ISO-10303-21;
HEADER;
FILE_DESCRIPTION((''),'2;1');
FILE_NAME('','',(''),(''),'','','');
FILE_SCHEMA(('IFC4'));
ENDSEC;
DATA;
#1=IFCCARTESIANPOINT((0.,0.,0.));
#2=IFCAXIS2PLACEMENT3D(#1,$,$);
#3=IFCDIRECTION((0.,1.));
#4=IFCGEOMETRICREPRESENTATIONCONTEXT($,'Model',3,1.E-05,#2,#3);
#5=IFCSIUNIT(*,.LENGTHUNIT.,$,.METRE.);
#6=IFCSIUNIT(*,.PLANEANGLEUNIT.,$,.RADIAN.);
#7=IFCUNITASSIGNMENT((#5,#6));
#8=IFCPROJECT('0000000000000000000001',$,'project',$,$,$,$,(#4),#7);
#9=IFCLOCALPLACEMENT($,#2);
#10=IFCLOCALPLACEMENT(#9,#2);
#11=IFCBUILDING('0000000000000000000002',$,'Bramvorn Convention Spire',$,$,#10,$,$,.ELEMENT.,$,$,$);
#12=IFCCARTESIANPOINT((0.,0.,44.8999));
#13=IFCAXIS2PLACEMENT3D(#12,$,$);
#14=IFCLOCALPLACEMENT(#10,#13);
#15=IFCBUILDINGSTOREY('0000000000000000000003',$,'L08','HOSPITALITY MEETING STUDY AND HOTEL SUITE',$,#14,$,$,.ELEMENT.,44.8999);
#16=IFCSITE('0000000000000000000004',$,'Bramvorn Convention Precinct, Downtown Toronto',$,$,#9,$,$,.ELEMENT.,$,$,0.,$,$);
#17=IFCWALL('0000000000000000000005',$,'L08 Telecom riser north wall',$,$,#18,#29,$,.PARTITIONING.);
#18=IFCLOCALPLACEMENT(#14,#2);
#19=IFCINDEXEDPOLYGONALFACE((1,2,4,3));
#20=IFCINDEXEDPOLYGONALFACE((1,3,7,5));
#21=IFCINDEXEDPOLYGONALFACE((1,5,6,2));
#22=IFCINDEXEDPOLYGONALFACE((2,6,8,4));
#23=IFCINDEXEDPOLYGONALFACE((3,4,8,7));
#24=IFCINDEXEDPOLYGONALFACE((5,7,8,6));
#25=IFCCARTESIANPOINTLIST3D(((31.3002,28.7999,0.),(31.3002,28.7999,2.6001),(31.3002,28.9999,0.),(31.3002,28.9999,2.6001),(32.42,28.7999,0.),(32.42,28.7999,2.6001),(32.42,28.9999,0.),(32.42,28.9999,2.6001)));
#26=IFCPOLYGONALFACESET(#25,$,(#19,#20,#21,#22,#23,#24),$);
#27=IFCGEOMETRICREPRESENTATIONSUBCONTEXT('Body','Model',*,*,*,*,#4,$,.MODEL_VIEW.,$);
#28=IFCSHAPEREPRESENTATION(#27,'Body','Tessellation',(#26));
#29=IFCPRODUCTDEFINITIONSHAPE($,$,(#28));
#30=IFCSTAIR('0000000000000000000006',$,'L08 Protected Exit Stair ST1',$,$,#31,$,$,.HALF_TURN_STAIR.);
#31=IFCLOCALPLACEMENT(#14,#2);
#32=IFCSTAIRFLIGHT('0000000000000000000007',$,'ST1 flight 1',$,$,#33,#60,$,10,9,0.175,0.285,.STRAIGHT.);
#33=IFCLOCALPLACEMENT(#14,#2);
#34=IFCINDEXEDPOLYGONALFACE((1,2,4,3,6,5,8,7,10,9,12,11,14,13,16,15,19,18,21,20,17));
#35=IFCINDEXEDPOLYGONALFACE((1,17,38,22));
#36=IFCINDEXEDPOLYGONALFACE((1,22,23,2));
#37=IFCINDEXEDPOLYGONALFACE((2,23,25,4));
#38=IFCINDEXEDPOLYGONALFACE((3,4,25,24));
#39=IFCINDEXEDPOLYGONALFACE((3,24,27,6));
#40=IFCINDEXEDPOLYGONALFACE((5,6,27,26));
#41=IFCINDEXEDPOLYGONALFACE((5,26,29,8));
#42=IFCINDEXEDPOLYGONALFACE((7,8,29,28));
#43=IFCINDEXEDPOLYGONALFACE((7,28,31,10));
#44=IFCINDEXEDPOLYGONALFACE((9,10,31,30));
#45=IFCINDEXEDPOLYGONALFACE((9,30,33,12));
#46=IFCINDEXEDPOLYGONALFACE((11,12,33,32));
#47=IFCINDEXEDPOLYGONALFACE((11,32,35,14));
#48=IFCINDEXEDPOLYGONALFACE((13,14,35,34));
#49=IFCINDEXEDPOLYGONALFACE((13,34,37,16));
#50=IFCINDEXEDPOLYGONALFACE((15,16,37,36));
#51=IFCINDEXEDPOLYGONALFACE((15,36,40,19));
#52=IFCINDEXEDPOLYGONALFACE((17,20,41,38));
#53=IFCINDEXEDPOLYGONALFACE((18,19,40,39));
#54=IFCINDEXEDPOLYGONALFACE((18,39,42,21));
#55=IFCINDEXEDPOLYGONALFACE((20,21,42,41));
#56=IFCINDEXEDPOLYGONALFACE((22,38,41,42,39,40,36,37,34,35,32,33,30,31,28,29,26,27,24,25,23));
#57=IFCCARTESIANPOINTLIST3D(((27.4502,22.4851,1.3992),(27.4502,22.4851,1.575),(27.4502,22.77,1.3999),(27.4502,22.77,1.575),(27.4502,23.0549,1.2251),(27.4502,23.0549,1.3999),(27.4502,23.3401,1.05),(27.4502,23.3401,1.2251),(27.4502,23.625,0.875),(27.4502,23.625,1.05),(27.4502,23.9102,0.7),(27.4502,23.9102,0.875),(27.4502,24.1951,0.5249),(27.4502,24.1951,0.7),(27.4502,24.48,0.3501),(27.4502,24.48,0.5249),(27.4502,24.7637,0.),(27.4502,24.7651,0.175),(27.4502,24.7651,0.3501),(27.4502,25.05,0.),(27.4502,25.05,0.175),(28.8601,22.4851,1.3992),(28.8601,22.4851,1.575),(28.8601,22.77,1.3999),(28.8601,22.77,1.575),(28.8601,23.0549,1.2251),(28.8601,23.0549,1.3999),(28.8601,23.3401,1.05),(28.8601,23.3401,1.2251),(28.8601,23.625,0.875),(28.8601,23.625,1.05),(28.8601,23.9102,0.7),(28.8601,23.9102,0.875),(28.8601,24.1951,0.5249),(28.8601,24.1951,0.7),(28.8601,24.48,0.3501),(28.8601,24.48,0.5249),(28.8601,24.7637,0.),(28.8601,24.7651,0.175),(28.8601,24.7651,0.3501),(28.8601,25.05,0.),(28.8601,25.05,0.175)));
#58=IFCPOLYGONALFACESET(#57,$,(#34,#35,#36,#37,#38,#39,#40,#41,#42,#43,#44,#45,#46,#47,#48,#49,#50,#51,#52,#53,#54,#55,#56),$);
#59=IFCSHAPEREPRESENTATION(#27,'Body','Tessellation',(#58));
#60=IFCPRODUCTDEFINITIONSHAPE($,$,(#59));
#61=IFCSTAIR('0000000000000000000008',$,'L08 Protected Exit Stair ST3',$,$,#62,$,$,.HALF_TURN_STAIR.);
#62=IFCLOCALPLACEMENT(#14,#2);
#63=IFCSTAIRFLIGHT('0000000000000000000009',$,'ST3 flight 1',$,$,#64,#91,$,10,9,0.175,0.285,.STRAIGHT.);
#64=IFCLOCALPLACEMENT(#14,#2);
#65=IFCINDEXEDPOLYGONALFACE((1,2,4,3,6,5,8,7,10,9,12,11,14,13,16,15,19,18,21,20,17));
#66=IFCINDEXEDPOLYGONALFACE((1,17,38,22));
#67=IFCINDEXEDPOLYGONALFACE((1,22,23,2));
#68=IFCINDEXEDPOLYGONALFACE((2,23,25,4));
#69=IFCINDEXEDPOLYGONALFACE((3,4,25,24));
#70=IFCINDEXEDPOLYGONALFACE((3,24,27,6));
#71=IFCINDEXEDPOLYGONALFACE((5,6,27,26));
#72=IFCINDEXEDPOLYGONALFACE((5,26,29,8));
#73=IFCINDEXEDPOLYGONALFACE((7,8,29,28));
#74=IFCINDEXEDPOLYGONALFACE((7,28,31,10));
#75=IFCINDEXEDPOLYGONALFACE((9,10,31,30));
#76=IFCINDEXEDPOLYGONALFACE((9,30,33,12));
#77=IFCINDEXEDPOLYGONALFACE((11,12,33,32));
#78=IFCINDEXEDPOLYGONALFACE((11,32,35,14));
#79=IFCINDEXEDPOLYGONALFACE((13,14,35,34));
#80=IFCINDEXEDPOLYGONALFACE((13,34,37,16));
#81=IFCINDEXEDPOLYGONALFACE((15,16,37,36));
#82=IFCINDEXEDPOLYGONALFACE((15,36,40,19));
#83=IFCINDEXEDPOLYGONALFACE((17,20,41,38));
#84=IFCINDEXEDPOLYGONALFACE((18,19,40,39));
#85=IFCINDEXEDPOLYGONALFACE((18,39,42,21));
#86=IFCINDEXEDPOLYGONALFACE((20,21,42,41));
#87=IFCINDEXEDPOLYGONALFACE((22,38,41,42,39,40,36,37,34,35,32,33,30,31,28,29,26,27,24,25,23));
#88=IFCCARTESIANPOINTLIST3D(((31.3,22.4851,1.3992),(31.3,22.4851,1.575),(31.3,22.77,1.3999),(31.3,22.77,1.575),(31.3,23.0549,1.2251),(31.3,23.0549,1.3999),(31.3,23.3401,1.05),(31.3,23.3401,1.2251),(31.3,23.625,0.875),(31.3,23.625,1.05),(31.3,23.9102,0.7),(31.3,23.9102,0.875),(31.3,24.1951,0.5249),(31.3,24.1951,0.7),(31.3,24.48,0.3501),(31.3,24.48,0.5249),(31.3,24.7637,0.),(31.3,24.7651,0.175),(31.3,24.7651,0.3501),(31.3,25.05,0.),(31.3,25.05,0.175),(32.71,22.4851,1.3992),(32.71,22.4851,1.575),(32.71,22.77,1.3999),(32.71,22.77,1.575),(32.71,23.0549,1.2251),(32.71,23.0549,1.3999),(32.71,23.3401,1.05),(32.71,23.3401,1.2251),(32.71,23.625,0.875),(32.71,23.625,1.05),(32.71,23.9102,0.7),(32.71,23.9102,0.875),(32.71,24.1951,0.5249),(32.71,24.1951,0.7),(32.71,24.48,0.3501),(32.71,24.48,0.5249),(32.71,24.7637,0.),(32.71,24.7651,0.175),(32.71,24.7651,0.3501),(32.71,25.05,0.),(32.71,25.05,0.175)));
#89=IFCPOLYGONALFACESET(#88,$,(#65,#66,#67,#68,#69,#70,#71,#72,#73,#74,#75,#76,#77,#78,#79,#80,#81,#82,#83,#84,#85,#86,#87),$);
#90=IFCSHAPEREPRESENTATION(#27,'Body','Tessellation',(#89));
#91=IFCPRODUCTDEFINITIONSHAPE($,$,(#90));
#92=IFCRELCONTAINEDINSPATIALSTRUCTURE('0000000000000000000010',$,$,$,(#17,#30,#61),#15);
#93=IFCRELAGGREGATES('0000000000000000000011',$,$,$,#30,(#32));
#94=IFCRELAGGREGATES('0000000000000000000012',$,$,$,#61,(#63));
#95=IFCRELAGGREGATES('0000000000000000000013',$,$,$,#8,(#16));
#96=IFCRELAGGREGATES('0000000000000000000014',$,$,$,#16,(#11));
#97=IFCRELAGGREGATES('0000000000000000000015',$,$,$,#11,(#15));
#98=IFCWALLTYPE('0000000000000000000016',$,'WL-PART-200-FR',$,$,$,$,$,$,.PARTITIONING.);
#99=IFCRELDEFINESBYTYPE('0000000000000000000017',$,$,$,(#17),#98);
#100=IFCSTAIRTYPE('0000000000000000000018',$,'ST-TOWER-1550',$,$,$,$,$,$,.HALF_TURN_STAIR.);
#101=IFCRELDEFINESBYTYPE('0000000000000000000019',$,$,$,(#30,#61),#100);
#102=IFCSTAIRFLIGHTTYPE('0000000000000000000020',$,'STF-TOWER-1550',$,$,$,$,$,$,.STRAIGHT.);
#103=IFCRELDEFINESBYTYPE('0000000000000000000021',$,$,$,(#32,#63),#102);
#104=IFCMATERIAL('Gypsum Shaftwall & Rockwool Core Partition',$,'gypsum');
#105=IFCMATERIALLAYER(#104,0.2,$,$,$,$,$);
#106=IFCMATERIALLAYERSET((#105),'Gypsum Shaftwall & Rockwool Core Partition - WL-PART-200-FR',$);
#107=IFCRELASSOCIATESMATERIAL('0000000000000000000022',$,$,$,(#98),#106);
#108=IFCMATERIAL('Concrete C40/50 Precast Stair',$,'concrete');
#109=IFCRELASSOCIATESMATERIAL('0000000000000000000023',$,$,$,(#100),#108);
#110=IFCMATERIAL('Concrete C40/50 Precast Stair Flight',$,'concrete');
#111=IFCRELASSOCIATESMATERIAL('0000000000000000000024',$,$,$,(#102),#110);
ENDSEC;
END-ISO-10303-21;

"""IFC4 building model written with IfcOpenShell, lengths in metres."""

from ifc_helpers import new_model, si_unit, direction, frame, frame_2d, origin, place, context, subcontext, project, spatial, polyline, rectangle, outline, extrude, material, layer, layer_set, type_object, element, aggregate, save


model = new_model("IFC4")

# Units and contexts
model_context = context("Model", 3, precision=1e-05, world=origin(), true_north=direction((0.0, 1.0)))
body_context = subcontext(model_context, "Body", "Model", "MODEL_VIEW")
ifc_project = project(units=[si_unit("LENGTHUNIT", "METRE"), si_unit("PLANEANGLEUNIT", "RADIAN")], contexts=[model_context])

# Site, building, storey
site_placement = place(None, origin())
site = spatial("IfcSite", under=ifc_project, at=site_placement, Name="Bramvorn Convention Precinct, Downtown Toronto", CompositionType="ELEMENT", RefElevation=0.0)
building_placement = place(site_placement, origin())
building = spatial("IfcBuilding", under=site, at=building_placement, Name="Bramvorn Convention Spire", CompositionType="ELEMENT")
storey_placement = place(building_placement, frame((0.0, 0.0, 44.8999)))
storey = spatial("IfcBuildingStorey", under=building, at=storey_placement, Name="L08", Description="HOSPITALITY MEETING STUDY AND HOTEL SUITE", CompositionType="ELEMENT", Elevation=44.8999)

# Shared definitions
ifc_material_1 = material(Name="Gypsum Shaftwall & Rockwool Core Partition", Category="gypsum")
ifc_layer_1 = layer(ifc_material_1, 0.2)
ifc_layer_set_1 = layer_set([ifc_layer_1], Name="Gypsum Shaftwall & Rockwool Core Partition - WL-PART-200-FR")
wall_type_1 = type_object("IfcWallType", Name="WL-PART-200-FR", PredefinedType="PARTITIONING", material=ifc_layer_set_1)

# Wall
wall_1_placement = place(storey_placement, frame((31.3, 28.8999, 0.0), z_axis=(0.0, 0.0, 1.0), x_axis=(1.0, 0.0, 0.0)))
element("IfcWall", 1, at=wall_1_placement, inside=storey, type_object=wall_type_1, Name="L08 Telecom riser north wall", PredefinedType="PARTITIONING", context=body_context, shape_type="SweptSolid", body=[
    extrude(rectangle(XDim=1.1199, YDim=0.2, at=frame_2d((0.5601, 0.0))), origin(), (0.0, 0.0, 1.0), 2.6001),
])

# Stairs, stair flights
ifc_material_2 = material(Name="Concrete C40/50 Precast Stair", Category="concrete")
stair_type = type_object("IfcStairType", Name="ST-TOWER-1550", PredefinedType="HALF_TURN_STAIR", material=ifc_material_2)
stair_1_placement = place(storey_placement, origin())
stair_1 = element("IfcStair", 2, at=stair_1_placement, inside=storey, type_object=stair_type, Name="L08 Protected Exit Stair ST1", PredefinedType="HALF_TURN_STAIR")
ifc_material_3 = material(Name="Concrete C40/50 Precast Stair Flight", Category="concrete")
stair_flight_type = type_object("IfcStairFlightType", Name="STF-TOWER-1550", PredefinedType="STRAIGHT", material=ifc_material_3)
stair_flight_1_placement = place(storey_placement, frame((28.155, 25.05, 0.0), z_axis=(0.0, 0.0, 1.0), x_axis=(0.0, -1.0, 0.0)))
stair_flight_1 = element("IfcStairFlight", 3, at=stair_flight_1_placement, type_object=stair_flight_type, Name="ST1 flight 1", NumberOfRisers=10, NumberOfTreads=9, PredefinedType="STRAIGHT", RiserHeight=0.175, TreadLength=0.285, context=body_context, shape_type="SweptSolid", body=[
    extrude(outline(polyline([(0.0, 0.0), (0.0, 0.175), (0.2849, 0.175), (0.2849, 0.3501), (0.5701, 0.3501), (0.5701, 0.5249), (0.855, 0.5249), (0.855, 0.7), (1.1399, 0.7), (1.1399, 0.875), (1.425, 0.875), (1.425, 1.05), (1.71, 1.05), (1.71, 1.2251), (1.9951, 1.2251), (1.9951, 1.3999), (2.28, 1.3999), (2.28, 1.575), (2.5649, 1.575), (2.5649, 1.75), (2.5649, 1.3992), (0.2864, 0.0), (0.0, 0.0)])), frame((0.0, 0.7051, 0.0), z_axis=(0.0, -1.0, 0.0), x_axis=(1.0, 0.0, 0.0)), (0.0, 0.0, 1.0), 1.4099),
])
aggregate(stair_1, [stair_flight_1])
stair_2_placement = place(storey_placement, origin())
stair_2 = element("IfcStair", 4, at=stair_2_placement, inside=storey, type_object=stair_type, Name="L08 Protected Exit Stair ST3", PredefinedType="HALF_TURN_STAIR")
stair_flight_2_placement = place(storey_placement, frame((32.0049, 25.05, 0.0), z_axis=(0.0, 0.0, 1.0), x_axis=(0.0, -1.0, 0.0)))
stair_flight_2 = element("IfcStairFlight", 5, at=stair_flight_2_placement, type_object=stair_flight_type, Name="ST3 flight 1", NumberOfRisers=10, NumberOfTreads=9, PredefinedType="STRAIGHT", RiserHeight=0.175, TreadLength=0.285, context=body_context, shape_type="SweptSolid", body=[
    extrude(outline(polyline([(0.0, 0.0), (0.0, 0.175), (0.2849, 0.175), (0.2849, 0.3501), (0.5701, 0.3501), (0.5701, 0.5249), (0.855, 0.5249), (0.855, 0.7), (1.1399, 0.7), (1.1399, 0.875), (1.425, 0.875), (1.425, 1.05), (1.71, 1.05), (1.71, 1.2251), (1.9951, 1.2251), (1.9951, 1.3999), (2.28, 1.3999), (2.28, 1.575), (2.5649, 1.575), (2.5649, 1.75), (2.5649, 1.3992), (0.2864, 0.0), (0.0, 0.0)])), frame((0.0, 0.7051, 0.0), z_axis=(0.0, -1.0, 0.0), x_axis=(1.0, 0.0, 0.0)), (0.0, 0.0, 1.0), 1.4099),
])
aggregate(stair_2, [stair_flight_2])

save(model, "model.ifc")
